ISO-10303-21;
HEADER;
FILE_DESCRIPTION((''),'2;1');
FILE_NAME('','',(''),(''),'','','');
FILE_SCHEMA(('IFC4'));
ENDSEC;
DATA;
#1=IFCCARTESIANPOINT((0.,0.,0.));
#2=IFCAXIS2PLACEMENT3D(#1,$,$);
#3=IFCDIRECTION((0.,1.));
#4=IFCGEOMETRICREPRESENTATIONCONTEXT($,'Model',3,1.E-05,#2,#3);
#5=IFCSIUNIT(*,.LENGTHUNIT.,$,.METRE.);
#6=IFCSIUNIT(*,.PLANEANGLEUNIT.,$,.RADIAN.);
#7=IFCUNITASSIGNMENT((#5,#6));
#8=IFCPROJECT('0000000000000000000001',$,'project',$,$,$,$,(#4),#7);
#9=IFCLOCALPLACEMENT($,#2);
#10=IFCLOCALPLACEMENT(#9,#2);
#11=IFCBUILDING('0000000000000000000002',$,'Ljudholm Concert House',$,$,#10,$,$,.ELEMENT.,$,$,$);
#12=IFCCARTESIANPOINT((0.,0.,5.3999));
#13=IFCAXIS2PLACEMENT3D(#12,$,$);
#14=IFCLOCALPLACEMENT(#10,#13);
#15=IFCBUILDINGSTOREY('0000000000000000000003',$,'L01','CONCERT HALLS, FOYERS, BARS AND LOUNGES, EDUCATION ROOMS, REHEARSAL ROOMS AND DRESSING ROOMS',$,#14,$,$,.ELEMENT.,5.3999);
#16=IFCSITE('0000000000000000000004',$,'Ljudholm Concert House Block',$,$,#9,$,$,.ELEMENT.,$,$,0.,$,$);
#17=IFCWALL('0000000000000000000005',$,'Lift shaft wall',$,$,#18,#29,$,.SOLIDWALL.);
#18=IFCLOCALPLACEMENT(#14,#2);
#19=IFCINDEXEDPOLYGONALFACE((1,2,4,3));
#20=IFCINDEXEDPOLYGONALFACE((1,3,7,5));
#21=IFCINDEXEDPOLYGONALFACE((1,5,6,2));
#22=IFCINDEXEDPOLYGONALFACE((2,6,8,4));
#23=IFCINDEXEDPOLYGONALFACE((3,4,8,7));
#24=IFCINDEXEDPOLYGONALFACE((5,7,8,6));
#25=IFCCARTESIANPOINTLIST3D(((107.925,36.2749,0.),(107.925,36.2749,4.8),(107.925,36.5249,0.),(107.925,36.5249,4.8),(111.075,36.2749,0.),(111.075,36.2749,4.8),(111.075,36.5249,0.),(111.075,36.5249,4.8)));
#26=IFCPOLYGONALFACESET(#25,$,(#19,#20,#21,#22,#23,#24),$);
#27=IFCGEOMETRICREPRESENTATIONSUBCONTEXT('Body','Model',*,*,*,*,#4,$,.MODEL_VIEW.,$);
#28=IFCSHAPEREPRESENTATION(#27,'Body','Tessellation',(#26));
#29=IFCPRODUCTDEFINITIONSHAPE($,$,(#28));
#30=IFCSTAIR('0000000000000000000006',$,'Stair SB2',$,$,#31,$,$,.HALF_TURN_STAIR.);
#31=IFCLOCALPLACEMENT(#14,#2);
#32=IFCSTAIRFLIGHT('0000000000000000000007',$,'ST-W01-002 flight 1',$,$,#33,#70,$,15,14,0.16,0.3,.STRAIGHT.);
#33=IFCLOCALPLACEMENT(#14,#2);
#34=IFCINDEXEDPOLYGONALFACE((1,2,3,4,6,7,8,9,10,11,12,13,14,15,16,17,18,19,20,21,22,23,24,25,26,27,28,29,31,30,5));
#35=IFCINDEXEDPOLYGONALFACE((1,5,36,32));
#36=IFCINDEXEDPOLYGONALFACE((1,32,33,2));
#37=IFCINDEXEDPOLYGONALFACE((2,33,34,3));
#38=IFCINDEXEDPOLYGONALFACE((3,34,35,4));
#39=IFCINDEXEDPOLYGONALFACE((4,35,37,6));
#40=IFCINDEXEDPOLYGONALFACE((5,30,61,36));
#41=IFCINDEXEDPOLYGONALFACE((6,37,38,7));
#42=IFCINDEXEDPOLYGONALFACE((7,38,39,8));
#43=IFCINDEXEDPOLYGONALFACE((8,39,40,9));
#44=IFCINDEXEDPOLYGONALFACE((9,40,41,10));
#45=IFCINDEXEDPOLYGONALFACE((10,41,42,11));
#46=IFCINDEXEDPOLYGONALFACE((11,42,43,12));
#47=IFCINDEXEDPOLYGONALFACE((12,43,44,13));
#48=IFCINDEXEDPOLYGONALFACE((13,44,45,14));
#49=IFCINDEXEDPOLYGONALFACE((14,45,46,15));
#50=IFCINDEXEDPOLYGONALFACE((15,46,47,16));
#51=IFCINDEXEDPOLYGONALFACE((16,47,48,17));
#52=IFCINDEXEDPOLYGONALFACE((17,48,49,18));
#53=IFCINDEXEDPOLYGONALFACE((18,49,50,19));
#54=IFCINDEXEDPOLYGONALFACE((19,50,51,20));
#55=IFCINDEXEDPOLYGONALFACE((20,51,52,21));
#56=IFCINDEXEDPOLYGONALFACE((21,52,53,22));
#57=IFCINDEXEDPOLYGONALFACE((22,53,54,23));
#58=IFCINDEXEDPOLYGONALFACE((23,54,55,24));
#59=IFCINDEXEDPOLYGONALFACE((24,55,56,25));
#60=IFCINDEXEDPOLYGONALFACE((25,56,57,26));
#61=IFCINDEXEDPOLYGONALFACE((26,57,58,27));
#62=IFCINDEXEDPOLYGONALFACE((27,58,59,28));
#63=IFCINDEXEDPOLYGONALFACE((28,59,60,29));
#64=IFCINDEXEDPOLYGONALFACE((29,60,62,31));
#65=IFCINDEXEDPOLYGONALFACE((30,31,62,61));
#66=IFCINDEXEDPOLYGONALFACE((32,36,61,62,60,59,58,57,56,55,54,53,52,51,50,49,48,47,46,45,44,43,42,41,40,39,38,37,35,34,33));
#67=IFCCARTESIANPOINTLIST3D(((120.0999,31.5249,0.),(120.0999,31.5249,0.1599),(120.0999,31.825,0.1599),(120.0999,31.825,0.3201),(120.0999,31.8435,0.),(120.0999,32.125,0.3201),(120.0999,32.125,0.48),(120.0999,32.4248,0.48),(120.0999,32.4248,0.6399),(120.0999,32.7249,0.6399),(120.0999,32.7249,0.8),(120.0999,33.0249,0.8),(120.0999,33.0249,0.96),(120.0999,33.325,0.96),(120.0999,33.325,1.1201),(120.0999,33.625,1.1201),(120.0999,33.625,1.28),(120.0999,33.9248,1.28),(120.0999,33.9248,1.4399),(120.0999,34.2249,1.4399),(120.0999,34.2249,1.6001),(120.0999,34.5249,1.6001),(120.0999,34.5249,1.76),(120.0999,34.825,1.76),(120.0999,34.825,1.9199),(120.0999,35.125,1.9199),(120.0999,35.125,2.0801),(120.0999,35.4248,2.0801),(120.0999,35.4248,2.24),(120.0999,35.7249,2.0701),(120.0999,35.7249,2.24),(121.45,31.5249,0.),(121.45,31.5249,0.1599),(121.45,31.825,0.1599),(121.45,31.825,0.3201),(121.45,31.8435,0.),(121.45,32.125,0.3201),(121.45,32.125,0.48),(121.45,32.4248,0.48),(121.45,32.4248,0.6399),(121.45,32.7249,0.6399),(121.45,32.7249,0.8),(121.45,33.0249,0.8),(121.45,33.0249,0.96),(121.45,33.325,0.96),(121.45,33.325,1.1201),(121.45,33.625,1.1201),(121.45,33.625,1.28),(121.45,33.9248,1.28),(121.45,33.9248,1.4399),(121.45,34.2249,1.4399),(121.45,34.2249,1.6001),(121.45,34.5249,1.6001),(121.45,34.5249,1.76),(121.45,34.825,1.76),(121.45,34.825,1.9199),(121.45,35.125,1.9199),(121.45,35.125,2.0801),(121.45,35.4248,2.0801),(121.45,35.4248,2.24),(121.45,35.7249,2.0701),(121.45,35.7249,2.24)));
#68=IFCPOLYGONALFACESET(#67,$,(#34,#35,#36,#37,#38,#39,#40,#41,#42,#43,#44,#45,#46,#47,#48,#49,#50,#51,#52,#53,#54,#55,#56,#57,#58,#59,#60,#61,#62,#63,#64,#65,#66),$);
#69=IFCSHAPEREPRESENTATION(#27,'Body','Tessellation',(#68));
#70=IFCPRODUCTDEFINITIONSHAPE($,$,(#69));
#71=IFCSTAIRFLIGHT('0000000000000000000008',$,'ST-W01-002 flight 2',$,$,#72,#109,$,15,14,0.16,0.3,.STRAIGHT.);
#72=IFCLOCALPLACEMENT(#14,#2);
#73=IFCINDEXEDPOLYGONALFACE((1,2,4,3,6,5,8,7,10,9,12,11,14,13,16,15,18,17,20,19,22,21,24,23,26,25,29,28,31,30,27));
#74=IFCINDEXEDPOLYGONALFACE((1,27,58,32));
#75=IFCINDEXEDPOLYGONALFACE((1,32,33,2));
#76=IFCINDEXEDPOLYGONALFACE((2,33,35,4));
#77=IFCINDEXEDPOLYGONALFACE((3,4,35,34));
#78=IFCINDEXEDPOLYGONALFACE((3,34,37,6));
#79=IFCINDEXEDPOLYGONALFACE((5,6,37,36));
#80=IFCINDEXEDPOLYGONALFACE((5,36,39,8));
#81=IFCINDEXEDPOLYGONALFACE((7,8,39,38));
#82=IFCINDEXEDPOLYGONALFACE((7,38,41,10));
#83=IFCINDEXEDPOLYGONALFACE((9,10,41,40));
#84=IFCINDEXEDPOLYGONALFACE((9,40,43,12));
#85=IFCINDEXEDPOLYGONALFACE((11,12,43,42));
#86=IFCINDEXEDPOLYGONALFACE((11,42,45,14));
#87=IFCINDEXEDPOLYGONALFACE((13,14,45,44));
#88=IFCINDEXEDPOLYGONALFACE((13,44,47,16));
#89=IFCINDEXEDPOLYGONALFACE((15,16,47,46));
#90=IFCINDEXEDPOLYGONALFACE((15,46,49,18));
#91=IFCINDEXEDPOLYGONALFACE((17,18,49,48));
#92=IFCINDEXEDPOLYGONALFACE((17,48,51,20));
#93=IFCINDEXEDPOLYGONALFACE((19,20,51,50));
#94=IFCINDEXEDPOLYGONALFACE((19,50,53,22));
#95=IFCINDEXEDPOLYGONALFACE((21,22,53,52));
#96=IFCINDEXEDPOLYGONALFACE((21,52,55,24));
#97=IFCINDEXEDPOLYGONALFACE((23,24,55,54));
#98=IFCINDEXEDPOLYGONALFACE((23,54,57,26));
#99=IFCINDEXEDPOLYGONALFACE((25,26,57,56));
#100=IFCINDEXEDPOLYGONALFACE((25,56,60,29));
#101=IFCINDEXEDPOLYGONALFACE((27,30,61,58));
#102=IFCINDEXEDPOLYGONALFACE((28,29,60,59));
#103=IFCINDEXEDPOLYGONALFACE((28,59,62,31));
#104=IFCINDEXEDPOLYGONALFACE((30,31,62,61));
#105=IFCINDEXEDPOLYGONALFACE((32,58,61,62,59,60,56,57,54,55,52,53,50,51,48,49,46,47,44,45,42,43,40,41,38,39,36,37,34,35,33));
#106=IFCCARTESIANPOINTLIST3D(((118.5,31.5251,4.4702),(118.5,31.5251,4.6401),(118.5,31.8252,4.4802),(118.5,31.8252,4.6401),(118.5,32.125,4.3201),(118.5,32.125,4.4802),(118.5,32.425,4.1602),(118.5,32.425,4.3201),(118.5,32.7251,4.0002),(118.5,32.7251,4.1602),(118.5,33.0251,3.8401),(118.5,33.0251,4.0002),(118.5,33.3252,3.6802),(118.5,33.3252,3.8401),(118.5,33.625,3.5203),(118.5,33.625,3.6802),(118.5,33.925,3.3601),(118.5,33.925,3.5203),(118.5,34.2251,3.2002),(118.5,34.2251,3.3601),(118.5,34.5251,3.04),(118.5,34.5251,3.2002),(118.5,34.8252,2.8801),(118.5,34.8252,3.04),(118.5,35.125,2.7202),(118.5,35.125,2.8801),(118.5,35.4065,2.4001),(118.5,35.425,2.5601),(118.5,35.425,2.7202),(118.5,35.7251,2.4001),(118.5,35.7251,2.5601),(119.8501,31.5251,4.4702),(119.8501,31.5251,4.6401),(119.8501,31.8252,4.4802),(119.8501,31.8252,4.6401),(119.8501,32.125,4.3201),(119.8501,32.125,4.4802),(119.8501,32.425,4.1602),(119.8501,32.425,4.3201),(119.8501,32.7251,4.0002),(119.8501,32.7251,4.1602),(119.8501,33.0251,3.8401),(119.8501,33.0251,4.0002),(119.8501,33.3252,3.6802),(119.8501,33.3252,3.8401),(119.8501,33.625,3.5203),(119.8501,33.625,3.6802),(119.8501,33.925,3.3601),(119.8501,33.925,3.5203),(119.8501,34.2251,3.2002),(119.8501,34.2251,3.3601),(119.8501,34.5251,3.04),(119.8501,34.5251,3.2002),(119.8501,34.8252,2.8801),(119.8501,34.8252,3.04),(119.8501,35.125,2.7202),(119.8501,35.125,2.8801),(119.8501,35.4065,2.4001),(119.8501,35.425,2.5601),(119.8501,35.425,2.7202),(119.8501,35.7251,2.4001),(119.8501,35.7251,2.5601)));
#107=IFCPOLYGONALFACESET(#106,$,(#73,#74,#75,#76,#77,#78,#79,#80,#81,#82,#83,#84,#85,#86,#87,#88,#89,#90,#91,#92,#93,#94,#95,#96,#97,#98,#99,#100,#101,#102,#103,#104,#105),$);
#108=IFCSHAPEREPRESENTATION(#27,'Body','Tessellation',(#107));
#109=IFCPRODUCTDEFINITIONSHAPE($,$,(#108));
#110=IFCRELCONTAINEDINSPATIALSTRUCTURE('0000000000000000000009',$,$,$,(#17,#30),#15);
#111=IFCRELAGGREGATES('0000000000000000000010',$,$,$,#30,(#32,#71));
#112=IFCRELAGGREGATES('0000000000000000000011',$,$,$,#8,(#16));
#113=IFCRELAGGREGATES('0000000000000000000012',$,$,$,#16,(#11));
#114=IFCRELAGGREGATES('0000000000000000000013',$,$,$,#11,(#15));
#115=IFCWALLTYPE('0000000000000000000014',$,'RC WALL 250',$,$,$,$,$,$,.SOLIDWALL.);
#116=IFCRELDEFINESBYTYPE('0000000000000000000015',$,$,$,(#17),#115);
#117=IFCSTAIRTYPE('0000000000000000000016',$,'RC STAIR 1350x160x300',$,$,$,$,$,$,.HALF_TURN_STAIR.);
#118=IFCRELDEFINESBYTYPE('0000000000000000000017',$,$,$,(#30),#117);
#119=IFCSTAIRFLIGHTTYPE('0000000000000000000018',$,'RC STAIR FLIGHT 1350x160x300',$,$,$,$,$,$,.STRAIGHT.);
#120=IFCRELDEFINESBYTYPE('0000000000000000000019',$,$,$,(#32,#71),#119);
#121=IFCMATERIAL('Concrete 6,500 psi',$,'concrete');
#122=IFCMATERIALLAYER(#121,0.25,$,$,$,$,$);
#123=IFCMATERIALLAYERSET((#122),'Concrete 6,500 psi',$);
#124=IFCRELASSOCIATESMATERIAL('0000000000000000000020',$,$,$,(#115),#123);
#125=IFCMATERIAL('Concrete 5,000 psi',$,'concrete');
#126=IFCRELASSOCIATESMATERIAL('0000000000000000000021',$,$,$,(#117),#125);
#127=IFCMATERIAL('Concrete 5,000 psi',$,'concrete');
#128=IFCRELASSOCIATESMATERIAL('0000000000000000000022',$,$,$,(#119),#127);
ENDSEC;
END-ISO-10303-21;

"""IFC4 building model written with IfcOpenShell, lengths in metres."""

from ifc_helpers import new_model, si_unit, direction, frame, frame_2d, origin, place, context, subcontext, project, spatial, polyline, rectangle, outline, extrude, material, layer, layer_set, type_object, element, aggregate, save


model = new_model("IFC4")

# Units and contexts
model_context = context("Model", 3, precision=1e-05, world=origin(), true_north=direction((0.0, 1.0)))
body_context = subcontext(model_context, "Body", "Model", "MODEL_VIEW")
ifc_project = project(units=[si_unit("LENGTHUNIT", "METRE"), si_unit("PLANEANGLEUNIT", "RADIAN")], contexts=[model_context])

# Site, building, storey
site_placement = place(None, origin())
site = spatial("IfcSite", under=ifc_project, at=site_placement, Name="Ljudholm Concert House Block", CompositionType="ELEMENT", RefElevation=0.0)
building_placement = place(site_placement, origin())
building = spatial("IfcBuilding", under=site, at=building_placement, Name="Ljudholm Concert House", CompositionType="ELEMENT")
storey_placement = place(building_placement, frame((0.0, 0.0, 5.3999)))
storey = spatial("IfcBuildingStorey", under=building, at=storey_placement, Name="L01", Description="CONCERT HALLS, FOYERS, BARS AND LOUNGES, EDUCATION ROOMS, REHEARSAL ROOMS AND DRESSING ROOMS", CompositionType="ELEMENT", Elevation=5.3999)

# Shared definitions
ifc_material_1 = material(Name="Concrete 6,500 psi", Category="concrete")
ifc_layer_1 = layer(ifc_material_1, 0.25)
ifc_layer_set_1 = layer_set([ifc_layer_1], Name="Concrete 6,500 psi")
wall_type_1 = type_object("IfcWallType", Name="RC WALL 250", PredefinedType="SOLIDWALL", material=ifc_layer_set_1)

# Wall
for number, where, z_axis, x_axis, name in (
    (1, (107.925, 36.3999, 0.0), (0.0, 0.0, 1.0), (1.0, 0.0, 0.0), "Lift shaft wall"),
):
    element("IfcWall", number, at=place(storey_placement, frame(where, z_axis=z_axis, x_axis=x_axis)), inside=storey, type_object=wall_type_1, Name=name, PredefinedType="SOLIDWALL", context=body_context, shape_type="SweptSolid", body=[
        extrude(rectangle(XDim=3.1499, YDim=0.25, at=frame_2d((1.575, 0.0))), origin(), (0.0, 0.0, 1.0), 4.8),
    ])

# Stair, stair flights
ifc_material_2 = material(Name="Concrete 5,000 psi", Category="concrete")
stair_type = type_object("IfcStairType", Name="RC STAIR 1350x160x300", PredefinedType="HALF_TURN_STAIR", material=ifc_material_2)
stair_placement = place(storey_placement, origin())
stair = element("IfcStair", 2, at=stair_placement, inside=storey, type_object=stair_type, Name="Stair SB2", PredefinedType="HALF_TURN_STAIR")
ifc_material_3 = material(Name="Concrete 5,000 psi", Category="concrete")
stair_flight_type = type_object("IfcStairFlightType", Name="RC STAIR FLIGHT 1350x160x300", PredefinedType="STRAIGHT", material=ifc_material_3)
stair_flight_1_placement = place(storey_placement, frame((120.7749, 31.5249, 0.0), z_axis=(0.0, 0.0, 1.0), x_axis=(0.0, 1.0, 0.0)))
stair_flight_1 = element("IfcStairFlight", 3, at=stair_flight_1_placement, type_object=stair_flight_type, Name="ST-W01-002 flight 1", NumberOfRisers=15, NumberOfTreads=14, PredefinedType="STRAIGHT", RiserHeight=0.16, TreadLength=0.3, context=body_context, shape_type="SweptSolid", body=[
    extrude(outline(polyline([(0.0, 0.0), (0.0, 0.1599), (0.3, 0.1599), (0.3, 0.3201), (0.6001, 0.3201), (0.6001, 0.48), (0.8999, 0.48), (0.8999, 0.6399), (1.2, 0.6399), (1.2, 0.8), (1.5, 0.8), (1.5, 0.96), (1.8, 0.96), (1.8, 1.1201), (2.1001, 1.1201), (2.1001, 1.28), (2.3999, 1.28), (2.3999, 1.4399), (2.7, 1.4399), (2.7, 1.6001), (3.0, 1.6001), (3.0, 1.76), (3.3, 1.76), (3.3, 1.9199), (3.6001, 1.9199), (3.6001, 2.0801), (3.8999, 2.0801), (3.8999, 2.24), (4.2, 2.24), (4.2, 2.3999), (4.2, 2.0701), (0.3186, 0.0), (0.0, 0.0)])), frame((0.0, 0.675, 0.0), z_axis=(0.0, -1.0, 0.0), x_axis=(1.0, 0.0, 0.0)), (0.0, 0.0, 1.0), 1.3501),
])
stair_flight_2_placement = place(storey_placement, frame((119.175, 35.7251, 2.4001), z_axis=(0.0, 0.0, 1.0), x_axis=(0.0, -1.0, 0.0)))
stair_flight_2 = element("IfcStairFlight", 4, at=stair_flight_2_placement, type_object=stair_flight_type, Name="ST-W01-002 flight 2", NumberOfRisers=15, NumberOfTreads=14, PredefinedType="STRAIGHT", RiserHeight=0.16, TreadLength=0.3, context=body_context, shape_type="SweptSolid", body=[
    extrude(outline(polyline([(0.0, 0.0), (0.0, 0.1599), (0.3, 0.1599), (0.3, 0.3201), (0.6001, 0.3201), (0.6001, 0.48), (0.8999, 0.48), (0.8999, 0.6399), (1.2, 0.6399), (1.2, 0.8), (1.5, 0.8), (1.5, 0.96), (1.8, 0.96), (1.8, 1.1201), (2.1001, 1.1201), (2.1001, 1.28), (2.3999, 1.28), (2.3999, 1.4399), (2.7, 1.4399), (2.7, 1.6001), (3.0, 1.6001), (3.0, 1.76), (3.3, 1.76), (3.3, 1.9199), (3.6001, 1.9199), (3.6001, 2.0801), (3.8999, 2.0801), (3.8999, 2.24), (4.2, 2.24), (4.2, 2.3999), (4.2, 2.0701), (0.3186, 0.0), (0.0, 0.0)])), frame((0.0, 0.675, 0.0), z_axis=(0.0, -1.0, 0.0), x_axis=(1.0, 0.0, 0.0)), (0.0, 0.0, 1.0), 1.3501),
])
aggregate(stair, [stair_flight_1, stair_flight_2])

save(model, "model.ifc")
